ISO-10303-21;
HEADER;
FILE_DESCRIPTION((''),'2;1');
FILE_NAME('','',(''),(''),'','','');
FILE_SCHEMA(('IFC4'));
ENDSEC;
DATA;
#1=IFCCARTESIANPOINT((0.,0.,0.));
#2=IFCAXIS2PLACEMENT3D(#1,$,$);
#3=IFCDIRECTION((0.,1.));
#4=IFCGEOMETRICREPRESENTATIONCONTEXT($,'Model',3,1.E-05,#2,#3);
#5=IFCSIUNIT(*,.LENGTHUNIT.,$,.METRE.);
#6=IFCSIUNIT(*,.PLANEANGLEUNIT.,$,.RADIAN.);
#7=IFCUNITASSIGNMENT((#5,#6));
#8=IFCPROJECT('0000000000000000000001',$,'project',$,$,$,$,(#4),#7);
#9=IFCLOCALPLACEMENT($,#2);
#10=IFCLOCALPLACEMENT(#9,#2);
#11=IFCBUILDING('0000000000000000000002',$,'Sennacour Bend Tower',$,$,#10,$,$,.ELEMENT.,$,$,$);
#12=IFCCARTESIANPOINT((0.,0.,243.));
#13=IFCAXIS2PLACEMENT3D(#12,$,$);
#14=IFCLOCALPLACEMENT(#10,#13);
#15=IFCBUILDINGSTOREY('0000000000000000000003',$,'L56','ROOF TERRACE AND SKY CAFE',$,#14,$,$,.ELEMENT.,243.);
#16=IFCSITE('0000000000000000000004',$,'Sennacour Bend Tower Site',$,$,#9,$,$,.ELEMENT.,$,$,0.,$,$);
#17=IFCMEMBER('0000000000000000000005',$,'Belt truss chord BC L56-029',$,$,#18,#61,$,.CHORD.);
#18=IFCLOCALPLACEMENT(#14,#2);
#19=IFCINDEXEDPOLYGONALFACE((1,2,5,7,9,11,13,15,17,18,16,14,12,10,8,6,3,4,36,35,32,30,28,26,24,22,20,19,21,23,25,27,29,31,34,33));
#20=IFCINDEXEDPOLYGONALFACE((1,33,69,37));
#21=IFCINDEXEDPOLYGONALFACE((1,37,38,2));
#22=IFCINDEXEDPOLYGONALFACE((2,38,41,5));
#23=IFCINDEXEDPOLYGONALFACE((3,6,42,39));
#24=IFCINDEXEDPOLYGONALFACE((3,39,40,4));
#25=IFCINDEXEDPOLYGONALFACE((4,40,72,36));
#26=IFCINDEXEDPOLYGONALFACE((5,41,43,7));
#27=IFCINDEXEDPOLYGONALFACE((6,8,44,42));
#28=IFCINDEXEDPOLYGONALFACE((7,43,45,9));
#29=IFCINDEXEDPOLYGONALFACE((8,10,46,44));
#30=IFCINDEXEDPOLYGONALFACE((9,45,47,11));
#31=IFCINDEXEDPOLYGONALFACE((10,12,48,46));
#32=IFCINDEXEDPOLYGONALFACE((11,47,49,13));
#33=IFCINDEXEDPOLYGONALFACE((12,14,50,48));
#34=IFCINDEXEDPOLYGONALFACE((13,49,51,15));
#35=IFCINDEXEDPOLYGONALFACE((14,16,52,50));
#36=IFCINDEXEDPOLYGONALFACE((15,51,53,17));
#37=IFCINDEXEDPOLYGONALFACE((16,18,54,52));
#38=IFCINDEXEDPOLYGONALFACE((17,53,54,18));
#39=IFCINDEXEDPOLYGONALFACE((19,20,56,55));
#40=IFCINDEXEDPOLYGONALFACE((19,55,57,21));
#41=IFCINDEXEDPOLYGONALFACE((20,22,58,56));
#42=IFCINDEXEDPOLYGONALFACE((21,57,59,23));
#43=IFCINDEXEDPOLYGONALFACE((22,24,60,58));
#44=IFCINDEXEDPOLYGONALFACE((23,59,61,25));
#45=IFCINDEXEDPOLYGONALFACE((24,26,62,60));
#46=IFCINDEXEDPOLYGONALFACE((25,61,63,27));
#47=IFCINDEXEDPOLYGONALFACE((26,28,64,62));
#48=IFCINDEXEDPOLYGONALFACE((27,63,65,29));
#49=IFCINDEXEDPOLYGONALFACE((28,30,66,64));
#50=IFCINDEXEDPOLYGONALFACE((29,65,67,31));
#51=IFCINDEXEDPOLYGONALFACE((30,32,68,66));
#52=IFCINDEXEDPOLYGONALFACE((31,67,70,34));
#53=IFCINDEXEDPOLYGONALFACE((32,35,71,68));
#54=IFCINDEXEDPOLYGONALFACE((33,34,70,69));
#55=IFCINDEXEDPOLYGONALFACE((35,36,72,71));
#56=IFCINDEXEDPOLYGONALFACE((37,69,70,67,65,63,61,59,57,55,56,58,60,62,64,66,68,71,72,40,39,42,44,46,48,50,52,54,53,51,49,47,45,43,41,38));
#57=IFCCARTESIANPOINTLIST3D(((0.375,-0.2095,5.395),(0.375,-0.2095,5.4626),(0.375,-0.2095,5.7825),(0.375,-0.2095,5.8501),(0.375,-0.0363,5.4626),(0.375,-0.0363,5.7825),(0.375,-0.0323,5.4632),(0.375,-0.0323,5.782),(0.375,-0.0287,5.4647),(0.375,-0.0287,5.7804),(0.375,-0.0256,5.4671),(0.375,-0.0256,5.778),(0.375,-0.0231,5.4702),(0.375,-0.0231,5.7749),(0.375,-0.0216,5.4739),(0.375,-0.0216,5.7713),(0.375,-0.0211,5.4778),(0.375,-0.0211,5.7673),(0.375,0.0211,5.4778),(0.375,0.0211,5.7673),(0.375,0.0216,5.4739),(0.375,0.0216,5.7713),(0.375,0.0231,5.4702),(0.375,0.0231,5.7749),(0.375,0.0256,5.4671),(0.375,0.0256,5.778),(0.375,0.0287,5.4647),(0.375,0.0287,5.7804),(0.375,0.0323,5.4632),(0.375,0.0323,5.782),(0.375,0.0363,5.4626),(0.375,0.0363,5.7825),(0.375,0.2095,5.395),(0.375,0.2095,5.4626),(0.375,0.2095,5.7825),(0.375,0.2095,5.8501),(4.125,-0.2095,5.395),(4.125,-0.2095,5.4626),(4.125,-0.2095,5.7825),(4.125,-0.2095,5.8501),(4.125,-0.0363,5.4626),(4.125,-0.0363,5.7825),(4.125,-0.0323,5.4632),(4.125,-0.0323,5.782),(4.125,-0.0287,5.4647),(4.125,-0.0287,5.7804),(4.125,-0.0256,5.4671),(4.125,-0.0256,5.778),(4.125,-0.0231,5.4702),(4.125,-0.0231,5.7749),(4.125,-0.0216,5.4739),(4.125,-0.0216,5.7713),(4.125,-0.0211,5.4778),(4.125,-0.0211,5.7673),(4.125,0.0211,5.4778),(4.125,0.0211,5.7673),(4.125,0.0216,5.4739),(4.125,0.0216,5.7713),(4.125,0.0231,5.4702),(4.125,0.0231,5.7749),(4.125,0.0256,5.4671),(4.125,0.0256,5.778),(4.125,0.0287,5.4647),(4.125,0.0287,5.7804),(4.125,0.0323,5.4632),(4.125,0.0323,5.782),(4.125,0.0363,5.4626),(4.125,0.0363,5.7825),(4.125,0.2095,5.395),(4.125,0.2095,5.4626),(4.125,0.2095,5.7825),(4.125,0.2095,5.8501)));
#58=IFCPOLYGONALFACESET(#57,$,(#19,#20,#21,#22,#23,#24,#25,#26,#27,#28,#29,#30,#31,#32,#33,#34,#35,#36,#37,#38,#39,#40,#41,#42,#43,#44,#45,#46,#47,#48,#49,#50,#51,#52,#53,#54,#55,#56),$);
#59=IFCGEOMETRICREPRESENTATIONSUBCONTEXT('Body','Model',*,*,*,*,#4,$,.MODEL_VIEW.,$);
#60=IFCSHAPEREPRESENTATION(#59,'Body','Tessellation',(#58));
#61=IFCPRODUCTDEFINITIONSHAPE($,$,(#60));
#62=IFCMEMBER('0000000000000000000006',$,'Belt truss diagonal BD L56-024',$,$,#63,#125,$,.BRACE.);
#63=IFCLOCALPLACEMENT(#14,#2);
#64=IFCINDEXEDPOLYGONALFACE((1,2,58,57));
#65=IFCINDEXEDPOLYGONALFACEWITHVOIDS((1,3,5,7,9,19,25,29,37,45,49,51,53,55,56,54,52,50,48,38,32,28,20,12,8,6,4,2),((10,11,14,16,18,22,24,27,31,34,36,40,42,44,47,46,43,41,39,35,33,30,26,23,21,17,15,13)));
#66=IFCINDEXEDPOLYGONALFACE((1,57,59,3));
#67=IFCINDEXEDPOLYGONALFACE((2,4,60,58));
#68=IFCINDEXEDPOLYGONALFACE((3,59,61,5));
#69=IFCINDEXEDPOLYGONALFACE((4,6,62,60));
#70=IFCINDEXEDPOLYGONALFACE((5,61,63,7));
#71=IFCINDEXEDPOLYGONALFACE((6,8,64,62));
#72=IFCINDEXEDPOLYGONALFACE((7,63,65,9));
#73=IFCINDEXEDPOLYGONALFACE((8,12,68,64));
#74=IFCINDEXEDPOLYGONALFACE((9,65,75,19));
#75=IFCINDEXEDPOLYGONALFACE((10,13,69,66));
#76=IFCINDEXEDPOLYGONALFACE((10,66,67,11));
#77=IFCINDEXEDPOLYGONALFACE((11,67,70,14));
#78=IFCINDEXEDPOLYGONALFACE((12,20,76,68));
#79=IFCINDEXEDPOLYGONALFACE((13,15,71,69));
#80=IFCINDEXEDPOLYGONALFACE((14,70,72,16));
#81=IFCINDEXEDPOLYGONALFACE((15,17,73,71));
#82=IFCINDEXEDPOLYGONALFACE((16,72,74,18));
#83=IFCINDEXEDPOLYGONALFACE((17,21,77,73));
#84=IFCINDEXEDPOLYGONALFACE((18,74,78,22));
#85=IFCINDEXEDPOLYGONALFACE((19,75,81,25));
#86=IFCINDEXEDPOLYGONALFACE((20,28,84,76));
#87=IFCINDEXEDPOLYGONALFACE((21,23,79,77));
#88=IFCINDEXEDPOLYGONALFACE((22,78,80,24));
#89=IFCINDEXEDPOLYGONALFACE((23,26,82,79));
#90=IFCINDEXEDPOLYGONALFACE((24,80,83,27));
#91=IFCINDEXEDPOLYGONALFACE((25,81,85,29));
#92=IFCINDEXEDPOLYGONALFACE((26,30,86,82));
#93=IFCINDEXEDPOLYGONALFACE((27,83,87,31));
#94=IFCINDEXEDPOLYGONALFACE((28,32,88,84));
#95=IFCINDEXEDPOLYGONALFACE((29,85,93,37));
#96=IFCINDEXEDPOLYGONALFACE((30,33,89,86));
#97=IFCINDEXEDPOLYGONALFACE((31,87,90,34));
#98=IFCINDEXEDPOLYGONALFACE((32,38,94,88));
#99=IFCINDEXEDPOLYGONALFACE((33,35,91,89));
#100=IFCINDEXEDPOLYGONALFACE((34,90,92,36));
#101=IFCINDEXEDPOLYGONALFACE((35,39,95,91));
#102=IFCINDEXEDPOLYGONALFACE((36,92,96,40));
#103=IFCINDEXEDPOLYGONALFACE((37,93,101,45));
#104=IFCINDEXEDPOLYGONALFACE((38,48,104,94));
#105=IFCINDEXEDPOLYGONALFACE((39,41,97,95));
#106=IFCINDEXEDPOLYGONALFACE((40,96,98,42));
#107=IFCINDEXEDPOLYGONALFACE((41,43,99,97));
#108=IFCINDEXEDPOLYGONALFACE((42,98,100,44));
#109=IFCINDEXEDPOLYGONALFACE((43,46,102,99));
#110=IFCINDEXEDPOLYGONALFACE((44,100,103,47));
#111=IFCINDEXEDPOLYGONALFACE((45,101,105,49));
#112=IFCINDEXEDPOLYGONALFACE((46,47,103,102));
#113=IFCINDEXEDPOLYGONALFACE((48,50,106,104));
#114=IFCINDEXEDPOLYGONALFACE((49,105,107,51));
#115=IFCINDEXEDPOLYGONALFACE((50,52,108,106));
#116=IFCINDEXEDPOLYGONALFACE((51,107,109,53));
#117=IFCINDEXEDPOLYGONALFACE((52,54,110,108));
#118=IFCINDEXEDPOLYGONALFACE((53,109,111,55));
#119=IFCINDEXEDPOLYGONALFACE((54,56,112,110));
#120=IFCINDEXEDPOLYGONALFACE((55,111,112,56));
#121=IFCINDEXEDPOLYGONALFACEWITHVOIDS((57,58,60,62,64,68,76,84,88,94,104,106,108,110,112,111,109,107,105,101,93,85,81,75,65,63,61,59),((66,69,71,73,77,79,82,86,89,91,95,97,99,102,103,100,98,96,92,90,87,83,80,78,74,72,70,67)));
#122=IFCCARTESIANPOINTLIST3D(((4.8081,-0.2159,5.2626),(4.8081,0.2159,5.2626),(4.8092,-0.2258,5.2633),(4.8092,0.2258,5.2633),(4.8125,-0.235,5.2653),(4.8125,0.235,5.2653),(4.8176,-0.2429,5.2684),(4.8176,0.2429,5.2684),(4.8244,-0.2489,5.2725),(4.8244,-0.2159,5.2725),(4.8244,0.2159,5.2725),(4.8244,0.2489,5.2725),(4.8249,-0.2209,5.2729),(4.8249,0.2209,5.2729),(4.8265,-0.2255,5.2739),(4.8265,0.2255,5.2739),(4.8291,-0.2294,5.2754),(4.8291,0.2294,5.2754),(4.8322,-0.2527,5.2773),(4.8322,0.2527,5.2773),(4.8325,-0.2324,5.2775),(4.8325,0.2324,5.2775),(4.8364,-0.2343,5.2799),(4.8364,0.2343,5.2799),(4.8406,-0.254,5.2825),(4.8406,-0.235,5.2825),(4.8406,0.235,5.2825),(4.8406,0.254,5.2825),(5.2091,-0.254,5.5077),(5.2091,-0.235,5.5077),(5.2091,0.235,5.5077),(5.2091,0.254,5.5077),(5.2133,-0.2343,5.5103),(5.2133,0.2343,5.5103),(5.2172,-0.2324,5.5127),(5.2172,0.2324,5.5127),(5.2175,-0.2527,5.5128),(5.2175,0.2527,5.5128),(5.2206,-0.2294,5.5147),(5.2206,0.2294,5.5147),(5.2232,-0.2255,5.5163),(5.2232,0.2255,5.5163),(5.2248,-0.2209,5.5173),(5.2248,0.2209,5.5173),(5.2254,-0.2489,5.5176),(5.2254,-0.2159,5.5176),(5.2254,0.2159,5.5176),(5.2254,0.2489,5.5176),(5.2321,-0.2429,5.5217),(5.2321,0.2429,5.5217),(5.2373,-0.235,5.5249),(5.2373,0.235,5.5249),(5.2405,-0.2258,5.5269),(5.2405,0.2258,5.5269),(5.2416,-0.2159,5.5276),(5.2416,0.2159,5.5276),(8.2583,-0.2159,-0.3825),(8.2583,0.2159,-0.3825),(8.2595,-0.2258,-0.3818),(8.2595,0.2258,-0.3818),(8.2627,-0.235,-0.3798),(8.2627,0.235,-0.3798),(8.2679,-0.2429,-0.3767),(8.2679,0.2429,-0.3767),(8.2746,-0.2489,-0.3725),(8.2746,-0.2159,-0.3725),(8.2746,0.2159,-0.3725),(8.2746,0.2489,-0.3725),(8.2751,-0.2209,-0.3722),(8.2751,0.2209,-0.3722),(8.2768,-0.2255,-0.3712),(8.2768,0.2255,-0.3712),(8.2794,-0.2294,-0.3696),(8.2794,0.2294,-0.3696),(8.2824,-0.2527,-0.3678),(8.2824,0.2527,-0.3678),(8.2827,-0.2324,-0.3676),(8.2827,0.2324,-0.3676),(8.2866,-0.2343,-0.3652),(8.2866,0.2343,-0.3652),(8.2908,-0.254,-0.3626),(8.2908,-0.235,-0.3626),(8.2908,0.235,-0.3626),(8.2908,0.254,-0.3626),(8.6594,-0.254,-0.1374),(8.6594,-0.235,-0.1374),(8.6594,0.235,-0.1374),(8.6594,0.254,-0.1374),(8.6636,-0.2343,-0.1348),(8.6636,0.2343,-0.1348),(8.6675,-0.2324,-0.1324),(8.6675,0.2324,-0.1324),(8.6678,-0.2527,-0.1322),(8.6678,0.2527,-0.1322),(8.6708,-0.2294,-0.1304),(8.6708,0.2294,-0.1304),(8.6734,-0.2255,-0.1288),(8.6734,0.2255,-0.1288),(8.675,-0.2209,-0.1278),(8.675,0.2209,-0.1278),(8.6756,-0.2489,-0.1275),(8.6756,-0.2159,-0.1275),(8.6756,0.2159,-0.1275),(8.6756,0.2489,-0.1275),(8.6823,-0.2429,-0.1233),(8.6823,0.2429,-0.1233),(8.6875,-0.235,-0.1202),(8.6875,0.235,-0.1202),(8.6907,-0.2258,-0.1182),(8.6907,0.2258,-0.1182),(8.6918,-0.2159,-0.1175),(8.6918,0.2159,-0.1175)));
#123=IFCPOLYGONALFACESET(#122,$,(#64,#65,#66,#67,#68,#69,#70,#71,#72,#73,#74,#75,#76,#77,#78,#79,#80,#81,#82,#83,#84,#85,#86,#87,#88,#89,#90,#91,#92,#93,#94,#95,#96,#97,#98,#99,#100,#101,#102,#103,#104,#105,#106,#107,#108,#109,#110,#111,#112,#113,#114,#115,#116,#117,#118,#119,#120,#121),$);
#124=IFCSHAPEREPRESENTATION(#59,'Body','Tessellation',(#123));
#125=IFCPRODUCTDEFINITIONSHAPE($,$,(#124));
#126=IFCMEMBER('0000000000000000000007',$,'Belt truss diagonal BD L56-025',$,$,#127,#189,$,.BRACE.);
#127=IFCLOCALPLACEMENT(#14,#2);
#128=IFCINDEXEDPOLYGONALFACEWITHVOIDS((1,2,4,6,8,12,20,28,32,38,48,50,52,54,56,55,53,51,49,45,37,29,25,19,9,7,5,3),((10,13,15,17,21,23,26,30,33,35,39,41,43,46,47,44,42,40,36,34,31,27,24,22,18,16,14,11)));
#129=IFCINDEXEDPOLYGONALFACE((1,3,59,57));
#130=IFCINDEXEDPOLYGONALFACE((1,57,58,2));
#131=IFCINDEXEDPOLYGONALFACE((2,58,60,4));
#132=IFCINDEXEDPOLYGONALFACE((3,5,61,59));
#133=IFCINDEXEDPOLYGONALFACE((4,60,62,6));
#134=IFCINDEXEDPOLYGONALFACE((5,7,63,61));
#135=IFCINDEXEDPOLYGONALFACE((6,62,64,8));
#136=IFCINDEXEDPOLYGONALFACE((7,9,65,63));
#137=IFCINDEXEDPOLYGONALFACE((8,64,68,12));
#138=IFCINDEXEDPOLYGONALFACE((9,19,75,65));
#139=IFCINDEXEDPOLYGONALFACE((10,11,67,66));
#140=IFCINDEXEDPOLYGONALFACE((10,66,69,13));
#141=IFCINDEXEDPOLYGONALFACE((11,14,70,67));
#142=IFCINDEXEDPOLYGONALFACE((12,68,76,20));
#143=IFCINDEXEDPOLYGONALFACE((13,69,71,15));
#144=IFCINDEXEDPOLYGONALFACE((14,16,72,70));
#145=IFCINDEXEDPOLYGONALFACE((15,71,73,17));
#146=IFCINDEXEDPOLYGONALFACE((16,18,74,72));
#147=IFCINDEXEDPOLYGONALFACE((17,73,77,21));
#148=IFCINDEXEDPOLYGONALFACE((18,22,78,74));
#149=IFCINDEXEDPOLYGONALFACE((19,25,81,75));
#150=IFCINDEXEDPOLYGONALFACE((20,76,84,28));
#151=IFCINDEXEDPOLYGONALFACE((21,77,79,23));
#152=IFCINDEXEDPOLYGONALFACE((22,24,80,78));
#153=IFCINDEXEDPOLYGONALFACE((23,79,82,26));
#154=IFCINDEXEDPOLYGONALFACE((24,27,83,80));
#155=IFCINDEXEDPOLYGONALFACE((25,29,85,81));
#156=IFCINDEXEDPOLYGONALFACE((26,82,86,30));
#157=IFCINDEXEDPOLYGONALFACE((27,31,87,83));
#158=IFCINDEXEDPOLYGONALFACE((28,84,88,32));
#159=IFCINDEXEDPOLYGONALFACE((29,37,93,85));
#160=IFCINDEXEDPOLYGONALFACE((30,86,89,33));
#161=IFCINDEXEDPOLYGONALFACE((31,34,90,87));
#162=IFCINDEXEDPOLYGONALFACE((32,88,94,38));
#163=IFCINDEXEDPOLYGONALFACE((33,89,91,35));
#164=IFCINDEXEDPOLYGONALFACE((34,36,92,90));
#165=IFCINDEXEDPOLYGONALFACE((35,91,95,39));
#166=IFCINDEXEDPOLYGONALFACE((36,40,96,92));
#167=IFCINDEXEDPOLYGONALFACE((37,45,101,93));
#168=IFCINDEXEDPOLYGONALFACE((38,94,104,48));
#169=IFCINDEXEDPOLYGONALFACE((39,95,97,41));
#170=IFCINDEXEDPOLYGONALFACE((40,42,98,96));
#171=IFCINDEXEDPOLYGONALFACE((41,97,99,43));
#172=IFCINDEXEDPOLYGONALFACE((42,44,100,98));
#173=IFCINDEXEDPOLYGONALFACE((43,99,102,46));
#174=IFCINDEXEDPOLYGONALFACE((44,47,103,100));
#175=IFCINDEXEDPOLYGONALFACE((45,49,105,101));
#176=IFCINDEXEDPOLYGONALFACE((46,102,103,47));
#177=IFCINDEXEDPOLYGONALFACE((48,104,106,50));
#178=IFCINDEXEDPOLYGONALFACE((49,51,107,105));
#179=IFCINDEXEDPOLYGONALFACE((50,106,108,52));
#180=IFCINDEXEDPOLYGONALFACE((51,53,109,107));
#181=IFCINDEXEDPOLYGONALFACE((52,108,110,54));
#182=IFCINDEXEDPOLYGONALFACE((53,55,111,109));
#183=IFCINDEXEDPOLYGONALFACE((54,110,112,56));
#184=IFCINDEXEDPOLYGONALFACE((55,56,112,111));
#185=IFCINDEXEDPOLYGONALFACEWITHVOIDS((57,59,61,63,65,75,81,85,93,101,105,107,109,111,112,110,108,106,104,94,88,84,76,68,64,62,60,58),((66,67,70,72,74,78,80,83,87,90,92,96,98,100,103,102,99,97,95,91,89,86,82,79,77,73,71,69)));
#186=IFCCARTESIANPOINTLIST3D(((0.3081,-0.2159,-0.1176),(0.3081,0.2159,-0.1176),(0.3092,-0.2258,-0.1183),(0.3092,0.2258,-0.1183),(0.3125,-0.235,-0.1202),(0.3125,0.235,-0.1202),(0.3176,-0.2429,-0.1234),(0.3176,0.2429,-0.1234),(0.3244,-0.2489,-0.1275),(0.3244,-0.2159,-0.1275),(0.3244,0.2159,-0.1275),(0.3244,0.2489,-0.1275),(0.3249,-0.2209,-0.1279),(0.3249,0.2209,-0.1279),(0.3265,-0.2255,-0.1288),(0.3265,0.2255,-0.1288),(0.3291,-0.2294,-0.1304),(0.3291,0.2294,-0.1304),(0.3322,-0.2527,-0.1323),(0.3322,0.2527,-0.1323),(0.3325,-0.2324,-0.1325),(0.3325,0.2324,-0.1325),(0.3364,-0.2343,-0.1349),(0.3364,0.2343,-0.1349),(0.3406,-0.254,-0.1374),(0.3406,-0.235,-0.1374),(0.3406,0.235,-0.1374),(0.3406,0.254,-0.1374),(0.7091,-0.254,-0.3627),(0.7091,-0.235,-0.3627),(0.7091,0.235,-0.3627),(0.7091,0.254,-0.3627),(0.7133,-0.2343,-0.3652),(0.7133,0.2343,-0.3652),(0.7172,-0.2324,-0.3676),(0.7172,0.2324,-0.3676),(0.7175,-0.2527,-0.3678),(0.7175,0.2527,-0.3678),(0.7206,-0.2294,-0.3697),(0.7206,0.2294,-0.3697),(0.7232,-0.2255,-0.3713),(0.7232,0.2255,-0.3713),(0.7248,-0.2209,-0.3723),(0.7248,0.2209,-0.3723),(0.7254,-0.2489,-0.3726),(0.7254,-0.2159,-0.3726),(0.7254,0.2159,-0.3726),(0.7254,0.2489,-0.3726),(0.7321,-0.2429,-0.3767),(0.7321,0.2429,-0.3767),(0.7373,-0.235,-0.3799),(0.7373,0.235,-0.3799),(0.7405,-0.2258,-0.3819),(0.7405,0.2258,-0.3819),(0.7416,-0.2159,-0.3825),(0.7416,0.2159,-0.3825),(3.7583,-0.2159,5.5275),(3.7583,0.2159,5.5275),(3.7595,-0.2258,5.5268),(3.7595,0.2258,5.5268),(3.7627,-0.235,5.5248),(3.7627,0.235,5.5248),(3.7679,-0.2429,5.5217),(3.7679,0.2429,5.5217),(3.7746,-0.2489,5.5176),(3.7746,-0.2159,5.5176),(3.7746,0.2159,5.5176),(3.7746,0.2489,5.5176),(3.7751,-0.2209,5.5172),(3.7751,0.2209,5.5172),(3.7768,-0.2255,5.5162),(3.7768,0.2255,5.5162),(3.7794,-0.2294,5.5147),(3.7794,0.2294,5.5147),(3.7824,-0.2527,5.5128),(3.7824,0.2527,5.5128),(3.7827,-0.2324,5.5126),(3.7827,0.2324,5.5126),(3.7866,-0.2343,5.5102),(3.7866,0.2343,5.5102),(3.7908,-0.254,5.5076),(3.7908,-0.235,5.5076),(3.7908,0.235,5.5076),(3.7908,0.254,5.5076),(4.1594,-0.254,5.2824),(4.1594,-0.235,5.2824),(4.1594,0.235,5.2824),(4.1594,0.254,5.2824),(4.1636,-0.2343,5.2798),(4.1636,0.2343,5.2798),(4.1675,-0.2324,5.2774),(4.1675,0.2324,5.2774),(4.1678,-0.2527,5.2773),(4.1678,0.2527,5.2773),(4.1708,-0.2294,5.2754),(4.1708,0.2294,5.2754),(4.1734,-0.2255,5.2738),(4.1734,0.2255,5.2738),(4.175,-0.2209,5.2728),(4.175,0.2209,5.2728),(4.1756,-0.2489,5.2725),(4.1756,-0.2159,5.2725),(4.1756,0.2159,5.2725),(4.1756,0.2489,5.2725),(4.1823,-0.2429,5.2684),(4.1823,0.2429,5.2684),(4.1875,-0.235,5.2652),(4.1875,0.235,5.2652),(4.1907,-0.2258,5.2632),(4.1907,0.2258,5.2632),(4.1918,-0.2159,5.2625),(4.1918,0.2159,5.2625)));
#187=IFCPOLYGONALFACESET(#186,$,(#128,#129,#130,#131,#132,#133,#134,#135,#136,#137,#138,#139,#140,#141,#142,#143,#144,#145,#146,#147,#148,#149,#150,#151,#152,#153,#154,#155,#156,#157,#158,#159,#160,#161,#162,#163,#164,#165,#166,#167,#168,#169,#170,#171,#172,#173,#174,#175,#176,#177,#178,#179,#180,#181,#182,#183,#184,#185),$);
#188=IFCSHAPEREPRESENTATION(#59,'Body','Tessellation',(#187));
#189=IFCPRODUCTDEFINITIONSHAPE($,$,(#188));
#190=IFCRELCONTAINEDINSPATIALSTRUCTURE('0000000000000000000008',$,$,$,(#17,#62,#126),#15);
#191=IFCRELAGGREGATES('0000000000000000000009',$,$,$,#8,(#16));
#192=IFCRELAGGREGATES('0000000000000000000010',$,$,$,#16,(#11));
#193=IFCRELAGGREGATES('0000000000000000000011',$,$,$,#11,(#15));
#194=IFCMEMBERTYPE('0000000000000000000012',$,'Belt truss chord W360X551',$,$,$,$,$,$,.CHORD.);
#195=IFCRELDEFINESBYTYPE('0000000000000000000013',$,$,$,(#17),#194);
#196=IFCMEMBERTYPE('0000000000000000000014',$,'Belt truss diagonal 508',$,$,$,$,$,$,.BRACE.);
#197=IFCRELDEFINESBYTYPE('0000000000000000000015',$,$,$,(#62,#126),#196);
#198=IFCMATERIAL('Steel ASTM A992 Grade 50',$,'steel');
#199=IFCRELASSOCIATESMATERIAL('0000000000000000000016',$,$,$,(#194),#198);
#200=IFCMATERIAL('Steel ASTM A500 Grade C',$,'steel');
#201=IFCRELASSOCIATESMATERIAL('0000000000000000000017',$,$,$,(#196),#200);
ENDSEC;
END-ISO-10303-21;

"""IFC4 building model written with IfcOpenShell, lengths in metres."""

from ifc_helpers import new_model, si_unit, direction, frame, origin, origin_2d, place, context, subcontext, project, spatial, hollow_rectangle, i_section, extrude, material, material_profile, profile_set, type_object, element, save


model = new_model("IFC4")

# Units and contexts
model_context = context("Model", 3, precision=1e-05, world=origin(), true_north=direction((0.0, 1.0)))
body_context = subcontext(model_context, "Body", "Model", "MODEL_VIEW")
ifc_project = project(units=[si_unit("LENGTHUNIT", "METRE"), si_unit("PLANEANGLEUNIT", "RADIAN")], contexts=[model_context])

# Site, building, storey
site_placement = place(None, origin())
site = spatial("IfcSite", under=ifc_project, at=site_placement, Name="Sennacour Bend Tower Site", CompositionType="ELEMENT", RefElevation=0.0)
building_placement = place(site_placement, origin())
building = spatial("IfcBuilding", under=site, at=building_placement, Name="Sennacour Bend Tower", CompositionType="ELEMENT")
storey_placement = place(building_placement, frame((0.0, 0.0, 243.0)))
storey = spatial("IfcBuildingStorey", under=building, at=storey_placement, Name="L56", Description="ROOF TERRACE AND SKY CAFE", CompositionType="ELEMENT", Elevation=243.0)

# Members
ifc_material_1 = material(Name="Steel ASTM A992 Grade 50", Category="steel")
ifc_material_profile_1 = material_profile(ifc_material_1, i_section(OverallWidth=0.4189, OverallDepth=0.4551, WebThickness=0.0422, FlangeThickness=0.0676, FilletRadius=0.0151, at=origin_2d()), Name="Steel ASTM A992 Grade 50", Category="steel")
ifc_profile_set_1 = profile_set([ifc_material_profile_1], Name="Steel ASTM A992 Grade 50")
member_type_1 = type_object("IfcMemberType", Name="Belt truss chord W360X551", PredefinedType="CHORD", material=ifc_profile_set_1)
for number, where, z_axis, x_axis, name in (
    (1, (4.125, 0.0, 5.6226), (-1.0, 0.0, 0.0), (0.0, -1.0, 0.0), "Belt truss chord BC L56-029"),
):
    element("IfcMember", number, at=place(storey_placement, frame(where, z_axis=z_axis, x_axis=x_axis)), inside=storey, type_object=member_type_1, Name=name, PredefinedType="CHORD", context=body_context, shape_type="SweptSolid", body=[
        extrude(i_section(OverallWidth=0.4189, OverallDepth=0.4551, WebThickness=0.0422, FlangeThickness=0.0676, FilletRadius=0.0151, at=origin_2d()), origin(), (0.0, 0.0, 1.0), 3.75),
    ])
ifc_material_2 = material(Name="Steel ASTM A500 Grade C", Category="steel")
ifc_material_profile_2 = material_profile(ifc_material_2, hollow_rectangle(XDim=0.5081, YDim=0.5081, WallThickness=0.019, InnerFilletRadius=0.019, OuterFilletRadius=0.0381, at=origin_2d()), Name="Steel ASTM A500 Grade C", Category="steel")
ifc_profile_set_2 = profile_set([ifc_material_profile_2], Name="Steel ASTM A500 Grade C")
member_type_2 = type_object("IfcMemberType", Name="Belt truss diagonal 508", PredefinedType="BRACE", material=ifc_profile_set_2)
for number, where, z_axis, x_axis, name in (
    (2, (8.4751, 0.0, -0.25), (-0.521501, 0.0, 0.853251), (0.0, -1.0, 0.0), "Belt truss diagonal BD L56-024"),
    (3, (3.9751, 0.0, 5.395), (-0.521501, 0.0, -0.853251), (0.0, -1.0, 0.0), "Belt truss diagonal BD L56-025"),
):
    element("IfcMember", number, at=place(storey_placement, frame(where, z_axis=z_axis, x_axis=x_axis)), inside=storey, type_object=member_type_2, Name=name, PredefinedType="BRACE", context=body_context, shape_type="SweptSolid", body=[
        extrude(hollow_rectangle(XDim=0.5081, YDim=0.5081, WallThickness=0.019, InnerFilletRadius=0.019, OuterFilletRadius=0.0381, at=origin_2d()), origin(), (0.0, 0.0, 1.0), 6.616),
    ])

save(model, "model.ifc")
